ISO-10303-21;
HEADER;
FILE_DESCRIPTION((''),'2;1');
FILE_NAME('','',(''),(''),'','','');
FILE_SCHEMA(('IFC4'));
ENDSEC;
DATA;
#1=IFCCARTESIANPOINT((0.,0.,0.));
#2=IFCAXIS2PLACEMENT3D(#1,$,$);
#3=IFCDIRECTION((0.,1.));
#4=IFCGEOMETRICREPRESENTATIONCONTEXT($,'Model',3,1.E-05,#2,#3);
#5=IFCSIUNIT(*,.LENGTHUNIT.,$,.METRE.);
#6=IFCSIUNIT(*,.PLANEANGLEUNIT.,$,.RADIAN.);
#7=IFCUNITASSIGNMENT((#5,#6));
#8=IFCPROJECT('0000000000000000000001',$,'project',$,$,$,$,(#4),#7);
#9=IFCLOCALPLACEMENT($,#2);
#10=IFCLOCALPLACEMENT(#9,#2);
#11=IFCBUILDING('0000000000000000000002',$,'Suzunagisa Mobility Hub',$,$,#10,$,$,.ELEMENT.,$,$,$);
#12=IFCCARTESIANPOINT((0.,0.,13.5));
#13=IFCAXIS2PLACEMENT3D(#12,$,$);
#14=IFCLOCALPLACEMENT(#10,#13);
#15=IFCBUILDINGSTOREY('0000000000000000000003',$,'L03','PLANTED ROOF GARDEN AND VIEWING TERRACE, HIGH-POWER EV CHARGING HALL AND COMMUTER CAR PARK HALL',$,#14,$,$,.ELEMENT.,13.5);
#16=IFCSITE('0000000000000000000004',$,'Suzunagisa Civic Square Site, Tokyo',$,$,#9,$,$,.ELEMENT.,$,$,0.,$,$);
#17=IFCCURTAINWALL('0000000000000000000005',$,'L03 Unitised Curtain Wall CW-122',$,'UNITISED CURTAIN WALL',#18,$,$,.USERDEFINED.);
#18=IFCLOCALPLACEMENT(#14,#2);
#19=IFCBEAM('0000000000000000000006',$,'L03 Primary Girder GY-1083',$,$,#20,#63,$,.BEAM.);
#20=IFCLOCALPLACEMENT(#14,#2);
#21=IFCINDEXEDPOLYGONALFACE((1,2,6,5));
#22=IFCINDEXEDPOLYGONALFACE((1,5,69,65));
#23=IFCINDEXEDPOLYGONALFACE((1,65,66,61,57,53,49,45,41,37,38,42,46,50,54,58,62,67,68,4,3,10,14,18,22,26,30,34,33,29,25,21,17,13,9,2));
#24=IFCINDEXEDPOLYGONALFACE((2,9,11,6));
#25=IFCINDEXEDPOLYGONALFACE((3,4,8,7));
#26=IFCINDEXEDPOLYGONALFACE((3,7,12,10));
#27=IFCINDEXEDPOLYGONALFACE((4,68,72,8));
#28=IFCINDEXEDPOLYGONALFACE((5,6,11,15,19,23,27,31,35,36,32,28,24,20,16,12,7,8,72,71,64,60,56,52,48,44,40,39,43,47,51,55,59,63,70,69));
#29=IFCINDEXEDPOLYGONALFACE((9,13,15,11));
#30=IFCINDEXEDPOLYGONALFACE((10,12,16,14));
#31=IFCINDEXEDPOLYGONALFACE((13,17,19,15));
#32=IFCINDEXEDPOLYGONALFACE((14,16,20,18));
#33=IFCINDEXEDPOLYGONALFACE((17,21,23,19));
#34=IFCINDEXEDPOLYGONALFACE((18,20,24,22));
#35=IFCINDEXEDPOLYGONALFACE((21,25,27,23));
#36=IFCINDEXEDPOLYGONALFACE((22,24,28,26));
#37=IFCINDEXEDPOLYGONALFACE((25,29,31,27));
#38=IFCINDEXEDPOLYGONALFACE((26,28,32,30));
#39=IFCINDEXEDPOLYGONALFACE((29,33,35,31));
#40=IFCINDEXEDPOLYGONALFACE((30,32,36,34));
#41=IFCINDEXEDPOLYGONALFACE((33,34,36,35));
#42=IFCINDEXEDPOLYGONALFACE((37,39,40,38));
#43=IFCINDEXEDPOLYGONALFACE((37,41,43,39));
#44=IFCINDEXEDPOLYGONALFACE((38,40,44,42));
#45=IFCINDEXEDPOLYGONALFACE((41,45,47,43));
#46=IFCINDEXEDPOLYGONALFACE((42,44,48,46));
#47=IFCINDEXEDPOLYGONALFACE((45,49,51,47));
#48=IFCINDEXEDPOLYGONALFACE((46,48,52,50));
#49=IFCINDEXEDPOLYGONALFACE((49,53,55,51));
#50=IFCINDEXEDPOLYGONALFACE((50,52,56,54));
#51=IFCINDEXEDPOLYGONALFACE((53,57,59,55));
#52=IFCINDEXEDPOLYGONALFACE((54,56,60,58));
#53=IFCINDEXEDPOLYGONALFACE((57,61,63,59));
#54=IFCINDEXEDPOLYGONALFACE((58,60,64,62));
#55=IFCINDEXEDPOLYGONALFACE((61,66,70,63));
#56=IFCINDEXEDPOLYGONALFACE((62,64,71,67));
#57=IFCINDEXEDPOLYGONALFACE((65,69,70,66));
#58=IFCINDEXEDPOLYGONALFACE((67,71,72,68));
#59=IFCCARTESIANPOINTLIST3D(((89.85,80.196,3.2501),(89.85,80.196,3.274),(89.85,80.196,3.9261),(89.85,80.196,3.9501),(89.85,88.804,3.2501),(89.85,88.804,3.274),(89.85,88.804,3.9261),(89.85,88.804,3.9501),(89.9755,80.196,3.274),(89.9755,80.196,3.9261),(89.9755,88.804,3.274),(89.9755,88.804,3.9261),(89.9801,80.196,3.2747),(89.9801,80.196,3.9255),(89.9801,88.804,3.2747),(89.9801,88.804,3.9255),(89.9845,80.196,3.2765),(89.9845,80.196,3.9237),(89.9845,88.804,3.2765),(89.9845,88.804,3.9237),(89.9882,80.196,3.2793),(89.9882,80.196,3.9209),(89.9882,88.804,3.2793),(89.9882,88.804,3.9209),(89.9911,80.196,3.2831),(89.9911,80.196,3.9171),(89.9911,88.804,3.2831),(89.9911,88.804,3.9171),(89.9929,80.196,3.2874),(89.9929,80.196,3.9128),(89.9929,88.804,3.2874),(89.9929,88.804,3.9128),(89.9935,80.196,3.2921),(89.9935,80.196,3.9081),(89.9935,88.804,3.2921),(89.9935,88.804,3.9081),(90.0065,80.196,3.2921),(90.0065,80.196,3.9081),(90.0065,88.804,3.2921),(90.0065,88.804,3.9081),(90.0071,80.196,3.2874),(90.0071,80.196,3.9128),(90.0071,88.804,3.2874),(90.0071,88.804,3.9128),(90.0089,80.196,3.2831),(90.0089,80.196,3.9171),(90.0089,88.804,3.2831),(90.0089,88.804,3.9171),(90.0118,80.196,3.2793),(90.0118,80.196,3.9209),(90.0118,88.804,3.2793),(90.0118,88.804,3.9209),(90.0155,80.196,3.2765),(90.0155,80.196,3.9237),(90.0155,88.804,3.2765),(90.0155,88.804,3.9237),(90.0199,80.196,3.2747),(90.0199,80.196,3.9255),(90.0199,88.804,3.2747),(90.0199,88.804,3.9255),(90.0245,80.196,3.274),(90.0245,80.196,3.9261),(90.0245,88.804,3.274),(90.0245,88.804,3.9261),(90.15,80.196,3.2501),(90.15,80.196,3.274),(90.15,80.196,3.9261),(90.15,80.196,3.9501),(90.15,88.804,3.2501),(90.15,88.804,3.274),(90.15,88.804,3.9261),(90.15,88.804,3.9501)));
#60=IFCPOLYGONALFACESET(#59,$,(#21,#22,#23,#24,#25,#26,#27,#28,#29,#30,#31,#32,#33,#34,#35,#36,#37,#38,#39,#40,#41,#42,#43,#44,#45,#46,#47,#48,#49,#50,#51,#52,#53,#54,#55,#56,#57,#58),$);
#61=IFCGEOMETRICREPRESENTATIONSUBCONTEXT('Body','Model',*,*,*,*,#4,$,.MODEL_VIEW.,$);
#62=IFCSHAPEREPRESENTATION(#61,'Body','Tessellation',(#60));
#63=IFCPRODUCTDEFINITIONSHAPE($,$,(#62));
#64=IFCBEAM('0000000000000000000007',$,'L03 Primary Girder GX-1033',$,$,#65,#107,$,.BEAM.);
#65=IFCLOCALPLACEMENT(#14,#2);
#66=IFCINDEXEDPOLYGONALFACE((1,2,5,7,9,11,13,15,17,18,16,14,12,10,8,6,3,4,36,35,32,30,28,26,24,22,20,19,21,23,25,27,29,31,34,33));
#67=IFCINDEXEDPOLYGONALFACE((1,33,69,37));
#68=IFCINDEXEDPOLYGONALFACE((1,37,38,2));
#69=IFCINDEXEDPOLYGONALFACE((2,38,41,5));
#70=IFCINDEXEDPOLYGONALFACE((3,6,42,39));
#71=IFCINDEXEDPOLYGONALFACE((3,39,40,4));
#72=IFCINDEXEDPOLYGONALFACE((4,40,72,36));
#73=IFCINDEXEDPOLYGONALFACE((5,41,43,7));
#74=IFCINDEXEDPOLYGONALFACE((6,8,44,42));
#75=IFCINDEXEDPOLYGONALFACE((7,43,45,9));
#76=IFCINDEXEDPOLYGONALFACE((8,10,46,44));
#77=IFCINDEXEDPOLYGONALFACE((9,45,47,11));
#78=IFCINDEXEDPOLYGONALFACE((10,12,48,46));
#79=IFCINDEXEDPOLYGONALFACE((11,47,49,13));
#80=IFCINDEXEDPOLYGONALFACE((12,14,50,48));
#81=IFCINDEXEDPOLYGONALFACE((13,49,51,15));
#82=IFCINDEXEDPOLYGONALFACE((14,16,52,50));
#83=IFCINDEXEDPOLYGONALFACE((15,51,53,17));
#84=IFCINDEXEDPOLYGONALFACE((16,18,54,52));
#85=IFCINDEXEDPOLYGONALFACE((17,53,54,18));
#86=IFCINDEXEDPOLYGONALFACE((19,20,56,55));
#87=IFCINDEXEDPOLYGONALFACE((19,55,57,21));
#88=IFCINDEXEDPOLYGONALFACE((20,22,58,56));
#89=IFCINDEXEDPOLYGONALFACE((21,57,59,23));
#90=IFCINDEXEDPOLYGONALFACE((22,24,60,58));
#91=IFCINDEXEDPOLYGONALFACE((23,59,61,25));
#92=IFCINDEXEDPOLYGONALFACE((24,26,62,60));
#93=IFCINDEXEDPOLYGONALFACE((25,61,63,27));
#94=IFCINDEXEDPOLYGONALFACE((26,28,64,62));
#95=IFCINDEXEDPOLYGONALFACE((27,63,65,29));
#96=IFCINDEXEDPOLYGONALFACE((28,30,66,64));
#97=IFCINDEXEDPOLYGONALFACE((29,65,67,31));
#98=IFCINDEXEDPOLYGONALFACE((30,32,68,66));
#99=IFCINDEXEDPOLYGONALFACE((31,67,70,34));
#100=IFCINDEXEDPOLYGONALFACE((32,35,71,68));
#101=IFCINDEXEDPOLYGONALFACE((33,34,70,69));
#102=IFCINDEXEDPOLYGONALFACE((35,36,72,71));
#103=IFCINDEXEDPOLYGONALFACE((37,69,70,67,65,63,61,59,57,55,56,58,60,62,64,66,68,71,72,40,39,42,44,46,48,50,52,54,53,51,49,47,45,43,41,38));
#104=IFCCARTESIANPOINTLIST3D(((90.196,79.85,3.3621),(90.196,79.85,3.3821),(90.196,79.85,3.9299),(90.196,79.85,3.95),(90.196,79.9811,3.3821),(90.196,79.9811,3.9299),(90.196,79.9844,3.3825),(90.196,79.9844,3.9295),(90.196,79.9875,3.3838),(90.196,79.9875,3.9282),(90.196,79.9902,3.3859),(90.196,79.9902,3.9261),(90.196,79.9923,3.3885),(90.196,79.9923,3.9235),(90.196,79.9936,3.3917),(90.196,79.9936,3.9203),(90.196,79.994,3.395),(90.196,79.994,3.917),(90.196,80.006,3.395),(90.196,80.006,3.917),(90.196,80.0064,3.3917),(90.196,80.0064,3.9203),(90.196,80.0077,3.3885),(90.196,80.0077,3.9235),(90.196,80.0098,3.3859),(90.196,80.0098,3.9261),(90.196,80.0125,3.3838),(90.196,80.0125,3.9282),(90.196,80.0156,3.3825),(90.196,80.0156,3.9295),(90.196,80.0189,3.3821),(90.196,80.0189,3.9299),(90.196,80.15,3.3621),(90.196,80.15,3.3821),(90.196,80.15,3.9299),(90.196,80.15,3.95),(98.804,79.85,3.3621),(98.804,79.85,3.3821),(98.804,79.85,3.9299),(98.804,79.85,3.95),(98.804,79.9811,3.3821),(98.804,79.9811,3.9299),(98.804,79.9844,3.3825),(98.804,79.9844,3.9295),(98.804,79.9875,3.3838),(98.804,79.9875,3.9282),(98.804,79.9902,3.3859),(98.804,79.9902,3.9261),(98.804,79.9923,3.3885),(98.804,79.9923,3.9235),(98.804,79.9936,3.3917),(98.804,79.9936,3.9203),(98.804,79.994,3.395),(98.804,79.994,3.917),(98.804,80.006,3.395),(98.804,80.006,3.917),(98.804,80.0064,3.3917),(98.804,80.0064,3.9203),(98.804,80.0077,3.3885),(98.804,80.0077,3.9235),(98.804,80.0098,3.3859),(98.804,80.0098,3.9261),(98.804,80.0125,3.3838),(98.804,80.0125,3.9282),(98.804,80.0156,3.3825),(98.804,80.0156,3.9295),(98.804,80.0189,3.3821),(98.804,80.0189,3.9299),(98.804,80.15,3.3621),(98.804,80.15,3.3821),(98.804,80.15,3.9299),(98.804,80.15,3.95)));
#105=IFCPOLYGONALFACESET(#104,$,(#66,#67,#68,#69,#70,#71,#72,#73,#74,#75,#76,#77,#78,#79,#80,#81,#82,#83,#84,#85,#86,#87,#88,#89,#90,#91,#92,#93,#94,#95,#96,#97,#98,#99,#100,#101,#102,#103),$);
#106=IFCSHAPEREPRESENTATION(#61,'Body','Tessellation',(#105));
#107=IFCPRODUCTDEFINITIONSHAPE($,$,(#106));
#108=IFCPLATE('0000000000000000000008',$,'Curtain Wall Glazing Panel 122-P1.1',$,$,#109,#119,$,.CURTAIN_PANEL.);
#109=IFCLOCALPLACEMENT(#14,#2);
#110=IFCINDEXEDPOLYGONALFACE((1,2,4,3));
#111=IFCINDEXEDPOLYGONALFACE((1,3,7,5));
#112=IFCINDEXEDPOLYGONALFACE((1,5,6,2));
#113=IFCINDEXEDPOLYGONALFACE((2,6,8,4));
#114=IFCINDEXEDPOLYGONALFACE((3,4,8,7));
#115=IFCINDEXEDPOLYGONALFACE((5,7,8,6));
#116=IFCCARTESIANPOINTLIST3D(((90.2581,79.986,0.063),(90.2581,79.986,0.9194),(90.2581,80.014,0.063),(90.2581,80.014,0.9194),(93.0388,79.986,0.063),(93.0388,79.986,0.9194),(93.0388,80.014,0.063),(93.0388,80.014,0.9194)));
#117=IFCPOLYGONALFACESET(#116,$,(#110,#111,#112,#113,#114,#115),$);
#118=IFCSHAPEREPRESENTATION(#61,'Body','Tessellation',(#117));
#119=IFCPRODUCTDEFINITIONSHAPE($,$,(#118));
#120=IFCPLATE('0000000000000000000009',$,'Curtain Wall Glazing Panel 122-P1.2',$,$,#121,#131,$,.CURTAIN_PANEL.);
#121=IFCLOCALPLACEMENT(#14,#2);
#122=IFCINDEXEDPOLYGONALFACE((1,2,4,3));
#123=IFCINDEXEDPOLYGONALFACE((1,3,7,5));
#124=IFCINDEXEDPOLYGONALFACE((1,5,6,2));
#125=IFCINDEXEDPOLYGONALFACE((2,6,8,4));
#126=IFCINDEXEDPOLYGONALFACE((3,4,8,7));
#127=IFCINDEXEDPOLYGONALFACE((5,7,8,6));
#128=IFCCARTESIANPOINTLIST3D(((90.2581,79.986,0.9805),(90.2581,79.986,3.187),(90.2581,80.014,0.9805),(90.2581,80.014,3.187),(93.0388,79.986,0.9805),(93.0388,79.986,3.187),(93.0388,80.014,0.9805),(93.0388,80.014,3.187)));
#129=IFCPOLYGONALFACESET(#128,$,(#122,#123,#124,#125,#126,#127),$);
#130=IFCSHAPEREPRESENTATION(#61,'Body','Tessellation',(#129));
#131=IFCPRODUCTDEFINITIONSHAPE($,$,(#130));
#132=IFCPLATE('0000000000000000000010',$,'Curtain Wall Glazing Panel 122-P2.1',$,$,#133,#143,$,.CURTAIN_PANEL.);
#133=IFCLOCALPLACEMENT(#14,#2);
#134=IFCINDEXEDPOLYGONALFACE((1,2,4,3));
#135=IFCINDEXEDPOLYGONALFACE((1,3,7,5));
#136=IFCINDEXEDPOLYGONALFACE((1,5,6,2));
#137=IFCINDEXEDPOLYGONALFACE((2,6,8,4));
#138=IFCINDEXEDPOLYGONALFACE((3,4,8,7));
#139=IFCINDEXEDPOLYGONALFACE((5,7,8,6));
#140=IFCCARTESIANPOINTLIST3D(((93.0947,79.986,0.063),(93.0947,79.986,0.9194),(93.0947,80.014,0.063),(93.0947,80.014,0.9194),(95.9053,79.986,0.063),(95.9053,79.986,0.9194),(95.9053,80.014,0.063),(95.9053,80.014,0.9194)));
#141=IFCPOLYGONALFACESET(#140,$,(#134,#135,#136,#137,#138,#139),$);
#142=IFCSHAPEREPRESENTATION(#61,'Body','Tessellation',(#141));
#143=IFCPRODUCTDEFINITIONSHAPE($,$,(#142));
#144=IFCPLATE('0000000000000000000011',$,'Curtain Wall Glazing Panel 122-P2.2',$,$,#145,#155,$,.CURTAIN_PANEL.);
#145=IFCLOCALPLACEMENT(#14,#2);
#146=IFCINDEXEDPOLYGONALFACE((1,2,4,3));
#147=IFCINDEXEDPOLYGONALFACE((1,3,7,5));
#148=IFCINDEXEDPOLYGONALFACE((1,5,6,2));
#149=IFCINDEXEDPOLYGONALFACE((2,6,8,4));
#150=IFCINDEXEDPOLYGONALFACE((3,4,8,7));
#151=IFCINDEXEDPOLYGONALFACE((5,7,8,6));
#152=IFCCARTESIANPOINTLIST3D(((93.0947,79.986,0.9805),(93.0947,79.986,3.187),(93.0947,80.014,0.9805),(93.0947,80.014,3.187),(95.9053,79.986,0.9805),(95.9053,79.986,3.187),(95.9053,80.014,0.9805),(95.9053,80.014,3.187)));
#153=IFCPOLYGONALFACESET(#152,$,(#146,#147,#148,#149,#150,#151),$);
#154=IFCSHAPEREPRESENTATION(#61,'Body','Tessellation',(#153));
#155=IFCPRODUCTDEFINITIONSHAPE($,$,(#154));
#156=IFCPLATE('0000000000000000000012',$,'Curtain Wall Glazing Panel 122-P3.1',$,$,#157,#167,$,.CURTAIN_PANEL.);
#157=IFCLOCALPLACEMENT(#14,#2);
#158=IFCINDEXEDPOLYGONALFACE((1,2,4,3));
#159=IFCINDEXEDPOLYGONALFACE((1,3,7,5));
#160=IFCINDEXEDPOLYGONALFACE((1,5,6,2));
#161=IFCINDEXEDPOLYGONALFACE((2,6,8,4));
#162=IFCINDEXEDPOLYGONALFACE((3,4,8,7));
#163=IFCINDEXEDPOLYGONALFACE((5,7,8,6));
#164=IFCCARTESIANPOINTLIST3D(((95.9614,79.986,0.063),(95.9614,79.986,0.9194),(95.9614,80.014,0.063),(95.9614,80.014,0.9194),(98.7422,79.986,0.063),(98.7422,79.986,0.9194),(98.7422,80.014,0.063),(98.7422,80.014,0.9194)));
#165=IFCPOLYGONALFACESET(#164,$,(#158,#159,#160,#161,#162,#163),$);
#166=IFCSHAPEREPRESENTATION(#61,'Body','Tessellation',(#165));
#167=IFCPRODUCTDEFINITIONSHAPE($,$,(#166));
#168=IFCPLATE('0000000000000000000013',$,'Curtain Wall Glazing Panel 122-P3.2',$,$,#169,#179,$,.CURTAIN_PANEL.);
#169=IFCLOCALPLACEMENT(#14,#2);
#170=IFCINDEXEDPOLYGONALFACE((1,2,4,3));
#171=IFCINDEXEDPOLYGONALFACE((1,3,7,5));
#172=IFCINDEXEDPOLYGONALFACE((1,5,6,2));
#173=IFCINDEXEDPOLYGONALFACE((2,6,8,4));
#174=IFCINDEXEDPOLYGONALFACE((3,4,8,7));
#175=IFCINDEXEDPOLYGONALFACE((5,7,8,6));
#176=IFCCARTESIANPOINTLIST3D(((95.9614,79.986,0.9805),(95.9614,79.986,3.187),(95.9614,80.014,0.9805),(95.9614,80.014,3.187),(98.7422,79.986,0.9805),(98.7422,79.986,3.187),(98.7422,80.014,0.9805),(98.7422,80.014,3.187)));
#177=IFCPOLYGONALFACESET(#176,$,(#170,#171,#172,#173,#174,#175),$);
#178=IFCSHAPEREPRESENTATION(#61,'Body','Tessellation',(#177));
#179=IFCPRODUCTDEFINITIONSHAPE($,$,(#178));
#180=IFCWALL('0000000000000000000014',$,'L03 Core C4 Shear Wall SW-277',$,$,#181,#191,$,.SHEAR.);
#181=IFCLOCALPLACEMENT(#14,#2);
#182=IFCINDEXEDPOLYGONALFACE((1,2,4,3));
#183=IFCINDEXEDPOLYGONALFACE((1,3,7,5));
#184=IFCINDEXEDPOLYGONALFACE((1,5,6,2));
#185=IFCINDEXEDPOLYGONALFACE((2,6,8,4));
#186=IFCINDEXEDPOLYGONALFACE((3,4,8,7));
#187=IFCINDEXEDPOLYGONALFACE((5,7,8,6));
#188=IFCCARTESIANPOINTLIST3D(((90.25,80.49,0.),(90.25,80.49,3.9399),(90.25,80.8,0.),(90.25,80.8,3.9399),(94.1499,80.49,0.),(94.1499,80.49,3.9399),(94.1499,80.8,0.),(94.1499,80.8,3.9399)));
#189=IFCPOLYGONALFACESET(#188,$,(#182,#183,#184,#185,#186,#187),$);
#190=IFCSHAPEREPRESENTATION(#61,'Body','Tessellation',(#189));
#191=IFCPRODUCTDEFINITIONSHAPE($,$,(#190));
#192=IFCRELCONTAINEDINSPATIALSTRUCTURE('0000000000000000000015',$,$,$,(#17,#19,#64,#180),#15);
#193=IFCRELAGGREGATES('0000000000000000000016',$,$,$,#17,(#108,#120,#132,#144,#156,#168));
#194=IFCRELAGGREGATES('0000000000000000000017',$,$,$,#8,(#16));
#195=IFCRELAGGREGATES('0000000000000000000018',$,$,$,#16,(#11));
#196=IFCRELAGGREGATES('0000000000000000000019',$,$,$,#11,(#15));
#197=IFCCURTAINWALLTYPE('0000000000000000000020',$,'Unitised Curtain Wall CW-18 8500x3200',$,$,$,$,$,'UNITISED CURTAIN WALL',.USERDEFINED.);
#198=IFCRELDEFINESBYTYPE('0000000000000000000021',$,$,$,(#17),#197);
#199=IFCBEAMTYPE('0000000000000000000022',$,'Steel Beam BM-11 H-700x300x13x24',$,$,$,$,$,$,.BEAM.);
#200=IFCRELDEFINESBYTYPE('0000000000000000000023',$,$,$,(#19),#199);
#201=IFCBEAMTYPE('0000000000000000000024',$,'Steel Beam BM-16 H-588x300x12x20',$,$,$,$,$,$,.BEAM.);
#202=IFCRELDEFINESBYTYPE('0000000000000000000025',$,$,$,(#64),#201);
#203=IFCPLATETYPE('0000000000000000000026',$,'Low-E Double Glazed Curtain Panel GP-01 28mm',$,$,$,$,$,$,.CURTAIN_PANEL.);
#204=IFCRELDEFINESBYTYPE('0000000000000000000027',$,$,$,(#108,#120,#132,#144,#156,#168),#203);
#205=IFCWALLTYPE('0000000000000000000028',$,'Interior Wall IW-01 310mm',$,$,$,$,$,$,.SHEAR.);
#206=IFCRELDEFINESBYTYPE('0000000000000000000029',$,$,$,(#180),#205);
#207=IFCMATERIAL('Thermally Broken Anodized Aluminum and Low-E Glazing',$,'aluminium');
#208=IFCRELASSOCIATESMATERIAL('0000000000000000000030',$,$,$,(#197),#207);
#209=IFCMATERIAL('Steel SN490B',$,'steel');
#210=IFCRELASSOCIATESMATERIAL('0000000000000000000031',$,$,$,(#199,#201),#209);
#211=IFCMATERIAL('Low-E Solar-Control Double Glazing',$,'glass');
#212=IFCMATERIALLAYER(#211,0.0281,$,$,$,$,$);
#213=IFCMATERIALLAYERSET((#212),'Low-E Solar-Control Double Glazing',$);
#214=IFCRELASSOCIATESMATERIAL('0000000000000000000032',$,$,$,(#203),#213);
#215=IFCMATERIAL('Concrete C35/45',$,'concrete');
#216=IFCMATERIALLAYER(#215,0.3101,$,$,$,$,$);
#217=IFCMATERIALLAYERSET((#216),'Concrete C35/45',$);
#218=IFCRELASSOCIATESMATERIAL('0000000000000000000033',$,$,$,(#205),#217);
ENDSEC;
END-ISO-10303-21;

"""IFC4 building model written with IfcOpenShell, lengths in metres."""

from ifc_helpers import new_model, si_unit, direction, frame, frame_2d, origin, origin_2d, place, context, subcontext, project, spatial, rectangle, i_section, extrude, material, layer, layer_set, material_profile, profile_set, type_object, element, aggregate, save


model = new_model("IFC4")

# Units and contexts
model_context = context("Model", 3, precision=1e-05, world=origin(), true_north=direction((0.0, 1.0)))
body_context = subcontext(model_context, "Body", "Model", "MODEL_VIEW")
ifc_project = project(units=[si_unit("LENGTHUNIT", "METRE"), si_unit("PLANEANGLEUNIT", "RADIAN")], contexts=[model_context])

# Site, building, storey
site_placement = place(None, origin())
site = spatial("IfcSite", under=ifc_project, at=site_placement, Name="Suzunagisa Civic Square Site, Tokyo", CompositionType="ELEMENT", RefElevation=0.0)
building_placement = place(site_placement, origin())
building = spatial("IfcBuilding", under=site, at=building_placement, Name="Suzunagisa Mobility Hub", CompositionType="ELEMENT")
storey_placement = place(building_placement, frame((0.0, 0.0, 13.5)))
storey = spatial("IfcBuildingStorey", under=building, at=storey_placement, Name="L03", Description="PLANTED ROOF GARDEN AND VIEWING TERRACE, HIGH-POWER EV CHARGING HALL AND COMMUTER CAR PARK HALL", CompositionType="ELEMENT", Elevation=13.5)

# Shared definitions
ifc_material_1 = material(Name="Steel SN490B", Category="steel")

# Curtain wall
ifc_material_2 = material(Name="Thermally Broken Anodized Aluminum and Low-E Glazing", Category="aluminium")
curtain_wall_type = type_object("IfcCurtainWallType", Name="Unitised Curtain Wall CW-18 8500x3200", ElementType="UNITISED CURTAIN WALL", PredefinedType="USERDEFINED", material=ifc_material_2)
curtain_wall_placement = place(storey_placement, origin())
curtain_wall = element("IfcCurtainWall", 1, at=curtain_wall_placement, inside=storey, type_object=curtain_wall_type, Name="L03 Unitised Curtain Wall CW-122", ObjectType="UNITISED CURTAIN WALL", PredefinedType="USERDEFINED")

# Beams
ifc_material_profile_1 = material_profile(ifc_material_1, i_section(OverallWidth=0.3, OverallDepth=0.7, WebThickness=0.0129, FlangeThickness=0.0239, FilletRadius=0.0181, at=origin_2d()), Name="H-700x300x13x24")
ifc_profile_set_1 = profile_set([ifc_material_profile_1], Name="Steel SN490B")
beam_type_1 = type_object("IfcBeamType", Name="Steel Beam BM-11 H-700x300x13x24", PredefinedType="BEAM", material=ifc_profile_set_1)
beam_1_placement = place(storey_placement, frame((90.0, 80.196, 3.6001), z_axis=(0.0, 1.0, 0.0), x_axis=(-1.0, 0.0, 0.0)))
element("IfcBeam", 2, at=beam_1_placement, inside=storey, type_object=beam_type_1, Name="L03 Primary Girder GY-1083", PredefinedType="BEAM", context=body_context, shape_type="SweptSolid", body=[
    extrude(i_section(OverallWidth=0.3, OverallDepth=0.7, WebThickness=0.0129, FlangeThickness=0.0239, FilletRadius=0.0181, at=origin_2d()), origin(), (0.0, 0.0, 1.0), 8.6079),
])
ifc_material_profile_2 = material_profile(ifc_material_1, i_section(OverallWidth=0.3, OverallDepth=0.5879, WebThickness=0.012, FlangeThickness=0.02, FilletRadius=0.0129, at=origin_2d()), Name="H-588x300x12x20")
ifc_profile_set_2 = profile_set([ifc_material_profile_2], Name="Steel SN490B")
beam_type_2 = type_object("IfcBeamType", Name="Steel Beam BM-16 H-588x300x12x20", PredefinedType="BEAM", material=ifc_profile_set_2)
beam_2_placement = place(storey_placement, frame((90.196, 80.0, 3.656), z_axis=(1.0, 0.0, 0.0), x_axis=(0.0, 1.0, 0.0)))
element("IfcBeam", 3, at=beam_2_placement, inside=storey, type_object=beam_type_2, Name="L03 Primary Girder GX-1033", PredefinedType="BEAM", context=body_context, shape_type="SweptSolid", body=[
    extrude(i_section(OverallWidth=0.3, OverallDepth=0.5879, WebThickness=0.012, FlangeThickness=0.02, FilletRadius=0.0129, at=origin_2d()), origin(), (0.0, 0.0, 1.0), 8.6079),
])

# Plates
ifc_material_3 = material(Name="Low-E Solar-Control Double Glazing", Category="glass")
ifc_layer_1 = layer(ifc_material_3, 0.0281)
ifc_layer_set_1 = layer_set([ifc_layer_1], Name="Low-E Solar-Control Double Glazing")
plate_type = type_object("IfcPlateType", Name="Low-E Double Glazed Curtain Panel GP-01 28mm", PredefinedType="CURTAIN_PANEL", material=ifc_layer_set_1)
plate_1_placement = place(storey_placement, frame((91.6484, 80.0, 0.063), z_axis=(0.0, 0.0, 1.0), x_axis=(1.0, 0.0, 0.0)))
plate_1 = element("IfcPlate", 4, at=plate_1_placement, type_object=plate_type, Name="Curtain Wall Glazing Panel 122-P1.1", PredefinedType="CURTAIN_PANEL", context=body_context, shape_type="SweptSolid", body=[
    extrude(rectangle(XDim=2.7808, YDim=0.0281, at=origin_2d()), origin(), (0.0, 0.0, 1.0), 0.8564),
])
plate_2_placement = place(storey_placement, frame((91.6484, 80.0, 0.9805), z_axis=(0.0, 0.0, 1.0), x_axis=(1.0, 0.0, 0.0)))
plate_2 = element("IfcPlate", 5, at=plate_2_placement, type_object=plate_type, Name="Curtain Wall Glazing Panel 122-P1.2", PredefinedType="CURTAIN_PANEL", context=body_context, shape_type="SweptSolid", body=[
    extrude(rectangle(XDim=2.7808, YDim=0.0281, at=origin_2d()), origin(), (0.0, 0.0, 1.0), 2.2065),
])
plate_3_placement = place(storey_placement, frame((94.5, 80.0, 0.063), z_axis=(0.0, 0.0, 1.0), x_axis=(1.0, 0.0, 0.0)))
plate_3 = element("IfcPlate", 6, at=plate_3_placement, type_object=plate_type, Name="Curtain Wall Glazing Panel 122-P2.1", PredefinedType="CURTAIN_PANEL", context=body_context, shape_type="SweptSolid", body=[
    extrude(rectangle(XDim=2.8105, YDim=0.0281, at=origin_2d()), origin(), (0.0, 0.0, 1.0), 0.8564),
])
plate_4_placement = place(storey_placement, frame((94.5, 80.0, 0.9805), z_axis=(0.0, 0.0, 1.0), x_axis=(1.0, 0.0, 0.0)))
plate_4 = element("IfcPlate", 7, at=plate_4_placement, type_object=plate_type, Name="Curtain Wall Glazing Panel 122-P2.2", PredefinedType="CURTAIN_PANEL", context=body_context, shape_type="SweptSolid", body=[
    extrude(rectangle(XDim=2.8105, YDim=0.0281, at=origin_2d()), origin(), (0.0, 0.0, 1.0), 2.2065),
])
plate_5_placement = place(storey_placement, frame((97.3518, 80.0, 0.063), z_axis=(0.0, 0.0, 1.0), x_axis=(1.0, 0.0, 0.0)))
plate_5 = element("IfcPlate", 8, at=plate_5_placement, type_object=plate_type, Name="Curtain Wall Glazing Panel 122-P3.1", PredefinedType="CURTAIN_PANEL", context=body_context, shape_type="SweptSolid", body=[
    extrude(rectangle(XDim=2.7808, YDim=0.0281, at=origin_2d()), origin(), (0.0, 0.0, 1.0), 0.8564),
])
plate_6_placement = place(storey_placement, frame((97.3518, 80.0, 0.9805), z_axis=(0.0, 0.0, 1.0), x_axis=(1.0, 0.0, 0.0)))
plate_6 = element("IfcPlate", 9, at=plate_6_placement, type_object=plate_type, Name="Curtain Wall Glazing Panel 122-P3.2", PredefinedType="CURTAIN_PANEL", context=body_context, shape_type="SweptSolid", body=[
    extrude(rectangle(XDim=2.7808, YDim=0.0281, at=origin_2d()), origin(), (0.0, 0.0, 1.0), 2.2065),
])
aggregate(curtain_wall, [plate_1, plate_2, plate_3, plate_4, plate_5, plate_6])

# Wall
ifc_material_4 = material(Name="Concrete C35/45", Category="concrete")
ifc_layer_2 = layer(ifc_material_4, 0.3101)
ifc_layer_set_2 = layer_set([ifc_layer_2], Name="Concrete C35/45")
wall_type = type_object("IfcWallType", Name="Interior Wall IW-01 310mm", PredefinedType="SHEAR", material=ifc_layer_set_2)
wall_placement = place(storey_placement, frame((90.25, 80.645, 0.0), z_axis=(0.0, 0.0, 1.0), x_axis=(1.0, 0.0, 0.0)))
element("IfcWall", 10, at=wall_placement, inside=storey, type_object=wall_type, Name="L03 Core C4 Shear Wall SW-277", PredefinedType="SHEAR", context=body_context, shape_type="SweptSolid", body=[
    extrude(rectangle(XDim=3.8999, YDim=0.3101, at=frame_2d((1.95, 0.0))), origin(), (0.0, 0.0, 1.0), 3.9399),
])

save(model, "model.ifc")
